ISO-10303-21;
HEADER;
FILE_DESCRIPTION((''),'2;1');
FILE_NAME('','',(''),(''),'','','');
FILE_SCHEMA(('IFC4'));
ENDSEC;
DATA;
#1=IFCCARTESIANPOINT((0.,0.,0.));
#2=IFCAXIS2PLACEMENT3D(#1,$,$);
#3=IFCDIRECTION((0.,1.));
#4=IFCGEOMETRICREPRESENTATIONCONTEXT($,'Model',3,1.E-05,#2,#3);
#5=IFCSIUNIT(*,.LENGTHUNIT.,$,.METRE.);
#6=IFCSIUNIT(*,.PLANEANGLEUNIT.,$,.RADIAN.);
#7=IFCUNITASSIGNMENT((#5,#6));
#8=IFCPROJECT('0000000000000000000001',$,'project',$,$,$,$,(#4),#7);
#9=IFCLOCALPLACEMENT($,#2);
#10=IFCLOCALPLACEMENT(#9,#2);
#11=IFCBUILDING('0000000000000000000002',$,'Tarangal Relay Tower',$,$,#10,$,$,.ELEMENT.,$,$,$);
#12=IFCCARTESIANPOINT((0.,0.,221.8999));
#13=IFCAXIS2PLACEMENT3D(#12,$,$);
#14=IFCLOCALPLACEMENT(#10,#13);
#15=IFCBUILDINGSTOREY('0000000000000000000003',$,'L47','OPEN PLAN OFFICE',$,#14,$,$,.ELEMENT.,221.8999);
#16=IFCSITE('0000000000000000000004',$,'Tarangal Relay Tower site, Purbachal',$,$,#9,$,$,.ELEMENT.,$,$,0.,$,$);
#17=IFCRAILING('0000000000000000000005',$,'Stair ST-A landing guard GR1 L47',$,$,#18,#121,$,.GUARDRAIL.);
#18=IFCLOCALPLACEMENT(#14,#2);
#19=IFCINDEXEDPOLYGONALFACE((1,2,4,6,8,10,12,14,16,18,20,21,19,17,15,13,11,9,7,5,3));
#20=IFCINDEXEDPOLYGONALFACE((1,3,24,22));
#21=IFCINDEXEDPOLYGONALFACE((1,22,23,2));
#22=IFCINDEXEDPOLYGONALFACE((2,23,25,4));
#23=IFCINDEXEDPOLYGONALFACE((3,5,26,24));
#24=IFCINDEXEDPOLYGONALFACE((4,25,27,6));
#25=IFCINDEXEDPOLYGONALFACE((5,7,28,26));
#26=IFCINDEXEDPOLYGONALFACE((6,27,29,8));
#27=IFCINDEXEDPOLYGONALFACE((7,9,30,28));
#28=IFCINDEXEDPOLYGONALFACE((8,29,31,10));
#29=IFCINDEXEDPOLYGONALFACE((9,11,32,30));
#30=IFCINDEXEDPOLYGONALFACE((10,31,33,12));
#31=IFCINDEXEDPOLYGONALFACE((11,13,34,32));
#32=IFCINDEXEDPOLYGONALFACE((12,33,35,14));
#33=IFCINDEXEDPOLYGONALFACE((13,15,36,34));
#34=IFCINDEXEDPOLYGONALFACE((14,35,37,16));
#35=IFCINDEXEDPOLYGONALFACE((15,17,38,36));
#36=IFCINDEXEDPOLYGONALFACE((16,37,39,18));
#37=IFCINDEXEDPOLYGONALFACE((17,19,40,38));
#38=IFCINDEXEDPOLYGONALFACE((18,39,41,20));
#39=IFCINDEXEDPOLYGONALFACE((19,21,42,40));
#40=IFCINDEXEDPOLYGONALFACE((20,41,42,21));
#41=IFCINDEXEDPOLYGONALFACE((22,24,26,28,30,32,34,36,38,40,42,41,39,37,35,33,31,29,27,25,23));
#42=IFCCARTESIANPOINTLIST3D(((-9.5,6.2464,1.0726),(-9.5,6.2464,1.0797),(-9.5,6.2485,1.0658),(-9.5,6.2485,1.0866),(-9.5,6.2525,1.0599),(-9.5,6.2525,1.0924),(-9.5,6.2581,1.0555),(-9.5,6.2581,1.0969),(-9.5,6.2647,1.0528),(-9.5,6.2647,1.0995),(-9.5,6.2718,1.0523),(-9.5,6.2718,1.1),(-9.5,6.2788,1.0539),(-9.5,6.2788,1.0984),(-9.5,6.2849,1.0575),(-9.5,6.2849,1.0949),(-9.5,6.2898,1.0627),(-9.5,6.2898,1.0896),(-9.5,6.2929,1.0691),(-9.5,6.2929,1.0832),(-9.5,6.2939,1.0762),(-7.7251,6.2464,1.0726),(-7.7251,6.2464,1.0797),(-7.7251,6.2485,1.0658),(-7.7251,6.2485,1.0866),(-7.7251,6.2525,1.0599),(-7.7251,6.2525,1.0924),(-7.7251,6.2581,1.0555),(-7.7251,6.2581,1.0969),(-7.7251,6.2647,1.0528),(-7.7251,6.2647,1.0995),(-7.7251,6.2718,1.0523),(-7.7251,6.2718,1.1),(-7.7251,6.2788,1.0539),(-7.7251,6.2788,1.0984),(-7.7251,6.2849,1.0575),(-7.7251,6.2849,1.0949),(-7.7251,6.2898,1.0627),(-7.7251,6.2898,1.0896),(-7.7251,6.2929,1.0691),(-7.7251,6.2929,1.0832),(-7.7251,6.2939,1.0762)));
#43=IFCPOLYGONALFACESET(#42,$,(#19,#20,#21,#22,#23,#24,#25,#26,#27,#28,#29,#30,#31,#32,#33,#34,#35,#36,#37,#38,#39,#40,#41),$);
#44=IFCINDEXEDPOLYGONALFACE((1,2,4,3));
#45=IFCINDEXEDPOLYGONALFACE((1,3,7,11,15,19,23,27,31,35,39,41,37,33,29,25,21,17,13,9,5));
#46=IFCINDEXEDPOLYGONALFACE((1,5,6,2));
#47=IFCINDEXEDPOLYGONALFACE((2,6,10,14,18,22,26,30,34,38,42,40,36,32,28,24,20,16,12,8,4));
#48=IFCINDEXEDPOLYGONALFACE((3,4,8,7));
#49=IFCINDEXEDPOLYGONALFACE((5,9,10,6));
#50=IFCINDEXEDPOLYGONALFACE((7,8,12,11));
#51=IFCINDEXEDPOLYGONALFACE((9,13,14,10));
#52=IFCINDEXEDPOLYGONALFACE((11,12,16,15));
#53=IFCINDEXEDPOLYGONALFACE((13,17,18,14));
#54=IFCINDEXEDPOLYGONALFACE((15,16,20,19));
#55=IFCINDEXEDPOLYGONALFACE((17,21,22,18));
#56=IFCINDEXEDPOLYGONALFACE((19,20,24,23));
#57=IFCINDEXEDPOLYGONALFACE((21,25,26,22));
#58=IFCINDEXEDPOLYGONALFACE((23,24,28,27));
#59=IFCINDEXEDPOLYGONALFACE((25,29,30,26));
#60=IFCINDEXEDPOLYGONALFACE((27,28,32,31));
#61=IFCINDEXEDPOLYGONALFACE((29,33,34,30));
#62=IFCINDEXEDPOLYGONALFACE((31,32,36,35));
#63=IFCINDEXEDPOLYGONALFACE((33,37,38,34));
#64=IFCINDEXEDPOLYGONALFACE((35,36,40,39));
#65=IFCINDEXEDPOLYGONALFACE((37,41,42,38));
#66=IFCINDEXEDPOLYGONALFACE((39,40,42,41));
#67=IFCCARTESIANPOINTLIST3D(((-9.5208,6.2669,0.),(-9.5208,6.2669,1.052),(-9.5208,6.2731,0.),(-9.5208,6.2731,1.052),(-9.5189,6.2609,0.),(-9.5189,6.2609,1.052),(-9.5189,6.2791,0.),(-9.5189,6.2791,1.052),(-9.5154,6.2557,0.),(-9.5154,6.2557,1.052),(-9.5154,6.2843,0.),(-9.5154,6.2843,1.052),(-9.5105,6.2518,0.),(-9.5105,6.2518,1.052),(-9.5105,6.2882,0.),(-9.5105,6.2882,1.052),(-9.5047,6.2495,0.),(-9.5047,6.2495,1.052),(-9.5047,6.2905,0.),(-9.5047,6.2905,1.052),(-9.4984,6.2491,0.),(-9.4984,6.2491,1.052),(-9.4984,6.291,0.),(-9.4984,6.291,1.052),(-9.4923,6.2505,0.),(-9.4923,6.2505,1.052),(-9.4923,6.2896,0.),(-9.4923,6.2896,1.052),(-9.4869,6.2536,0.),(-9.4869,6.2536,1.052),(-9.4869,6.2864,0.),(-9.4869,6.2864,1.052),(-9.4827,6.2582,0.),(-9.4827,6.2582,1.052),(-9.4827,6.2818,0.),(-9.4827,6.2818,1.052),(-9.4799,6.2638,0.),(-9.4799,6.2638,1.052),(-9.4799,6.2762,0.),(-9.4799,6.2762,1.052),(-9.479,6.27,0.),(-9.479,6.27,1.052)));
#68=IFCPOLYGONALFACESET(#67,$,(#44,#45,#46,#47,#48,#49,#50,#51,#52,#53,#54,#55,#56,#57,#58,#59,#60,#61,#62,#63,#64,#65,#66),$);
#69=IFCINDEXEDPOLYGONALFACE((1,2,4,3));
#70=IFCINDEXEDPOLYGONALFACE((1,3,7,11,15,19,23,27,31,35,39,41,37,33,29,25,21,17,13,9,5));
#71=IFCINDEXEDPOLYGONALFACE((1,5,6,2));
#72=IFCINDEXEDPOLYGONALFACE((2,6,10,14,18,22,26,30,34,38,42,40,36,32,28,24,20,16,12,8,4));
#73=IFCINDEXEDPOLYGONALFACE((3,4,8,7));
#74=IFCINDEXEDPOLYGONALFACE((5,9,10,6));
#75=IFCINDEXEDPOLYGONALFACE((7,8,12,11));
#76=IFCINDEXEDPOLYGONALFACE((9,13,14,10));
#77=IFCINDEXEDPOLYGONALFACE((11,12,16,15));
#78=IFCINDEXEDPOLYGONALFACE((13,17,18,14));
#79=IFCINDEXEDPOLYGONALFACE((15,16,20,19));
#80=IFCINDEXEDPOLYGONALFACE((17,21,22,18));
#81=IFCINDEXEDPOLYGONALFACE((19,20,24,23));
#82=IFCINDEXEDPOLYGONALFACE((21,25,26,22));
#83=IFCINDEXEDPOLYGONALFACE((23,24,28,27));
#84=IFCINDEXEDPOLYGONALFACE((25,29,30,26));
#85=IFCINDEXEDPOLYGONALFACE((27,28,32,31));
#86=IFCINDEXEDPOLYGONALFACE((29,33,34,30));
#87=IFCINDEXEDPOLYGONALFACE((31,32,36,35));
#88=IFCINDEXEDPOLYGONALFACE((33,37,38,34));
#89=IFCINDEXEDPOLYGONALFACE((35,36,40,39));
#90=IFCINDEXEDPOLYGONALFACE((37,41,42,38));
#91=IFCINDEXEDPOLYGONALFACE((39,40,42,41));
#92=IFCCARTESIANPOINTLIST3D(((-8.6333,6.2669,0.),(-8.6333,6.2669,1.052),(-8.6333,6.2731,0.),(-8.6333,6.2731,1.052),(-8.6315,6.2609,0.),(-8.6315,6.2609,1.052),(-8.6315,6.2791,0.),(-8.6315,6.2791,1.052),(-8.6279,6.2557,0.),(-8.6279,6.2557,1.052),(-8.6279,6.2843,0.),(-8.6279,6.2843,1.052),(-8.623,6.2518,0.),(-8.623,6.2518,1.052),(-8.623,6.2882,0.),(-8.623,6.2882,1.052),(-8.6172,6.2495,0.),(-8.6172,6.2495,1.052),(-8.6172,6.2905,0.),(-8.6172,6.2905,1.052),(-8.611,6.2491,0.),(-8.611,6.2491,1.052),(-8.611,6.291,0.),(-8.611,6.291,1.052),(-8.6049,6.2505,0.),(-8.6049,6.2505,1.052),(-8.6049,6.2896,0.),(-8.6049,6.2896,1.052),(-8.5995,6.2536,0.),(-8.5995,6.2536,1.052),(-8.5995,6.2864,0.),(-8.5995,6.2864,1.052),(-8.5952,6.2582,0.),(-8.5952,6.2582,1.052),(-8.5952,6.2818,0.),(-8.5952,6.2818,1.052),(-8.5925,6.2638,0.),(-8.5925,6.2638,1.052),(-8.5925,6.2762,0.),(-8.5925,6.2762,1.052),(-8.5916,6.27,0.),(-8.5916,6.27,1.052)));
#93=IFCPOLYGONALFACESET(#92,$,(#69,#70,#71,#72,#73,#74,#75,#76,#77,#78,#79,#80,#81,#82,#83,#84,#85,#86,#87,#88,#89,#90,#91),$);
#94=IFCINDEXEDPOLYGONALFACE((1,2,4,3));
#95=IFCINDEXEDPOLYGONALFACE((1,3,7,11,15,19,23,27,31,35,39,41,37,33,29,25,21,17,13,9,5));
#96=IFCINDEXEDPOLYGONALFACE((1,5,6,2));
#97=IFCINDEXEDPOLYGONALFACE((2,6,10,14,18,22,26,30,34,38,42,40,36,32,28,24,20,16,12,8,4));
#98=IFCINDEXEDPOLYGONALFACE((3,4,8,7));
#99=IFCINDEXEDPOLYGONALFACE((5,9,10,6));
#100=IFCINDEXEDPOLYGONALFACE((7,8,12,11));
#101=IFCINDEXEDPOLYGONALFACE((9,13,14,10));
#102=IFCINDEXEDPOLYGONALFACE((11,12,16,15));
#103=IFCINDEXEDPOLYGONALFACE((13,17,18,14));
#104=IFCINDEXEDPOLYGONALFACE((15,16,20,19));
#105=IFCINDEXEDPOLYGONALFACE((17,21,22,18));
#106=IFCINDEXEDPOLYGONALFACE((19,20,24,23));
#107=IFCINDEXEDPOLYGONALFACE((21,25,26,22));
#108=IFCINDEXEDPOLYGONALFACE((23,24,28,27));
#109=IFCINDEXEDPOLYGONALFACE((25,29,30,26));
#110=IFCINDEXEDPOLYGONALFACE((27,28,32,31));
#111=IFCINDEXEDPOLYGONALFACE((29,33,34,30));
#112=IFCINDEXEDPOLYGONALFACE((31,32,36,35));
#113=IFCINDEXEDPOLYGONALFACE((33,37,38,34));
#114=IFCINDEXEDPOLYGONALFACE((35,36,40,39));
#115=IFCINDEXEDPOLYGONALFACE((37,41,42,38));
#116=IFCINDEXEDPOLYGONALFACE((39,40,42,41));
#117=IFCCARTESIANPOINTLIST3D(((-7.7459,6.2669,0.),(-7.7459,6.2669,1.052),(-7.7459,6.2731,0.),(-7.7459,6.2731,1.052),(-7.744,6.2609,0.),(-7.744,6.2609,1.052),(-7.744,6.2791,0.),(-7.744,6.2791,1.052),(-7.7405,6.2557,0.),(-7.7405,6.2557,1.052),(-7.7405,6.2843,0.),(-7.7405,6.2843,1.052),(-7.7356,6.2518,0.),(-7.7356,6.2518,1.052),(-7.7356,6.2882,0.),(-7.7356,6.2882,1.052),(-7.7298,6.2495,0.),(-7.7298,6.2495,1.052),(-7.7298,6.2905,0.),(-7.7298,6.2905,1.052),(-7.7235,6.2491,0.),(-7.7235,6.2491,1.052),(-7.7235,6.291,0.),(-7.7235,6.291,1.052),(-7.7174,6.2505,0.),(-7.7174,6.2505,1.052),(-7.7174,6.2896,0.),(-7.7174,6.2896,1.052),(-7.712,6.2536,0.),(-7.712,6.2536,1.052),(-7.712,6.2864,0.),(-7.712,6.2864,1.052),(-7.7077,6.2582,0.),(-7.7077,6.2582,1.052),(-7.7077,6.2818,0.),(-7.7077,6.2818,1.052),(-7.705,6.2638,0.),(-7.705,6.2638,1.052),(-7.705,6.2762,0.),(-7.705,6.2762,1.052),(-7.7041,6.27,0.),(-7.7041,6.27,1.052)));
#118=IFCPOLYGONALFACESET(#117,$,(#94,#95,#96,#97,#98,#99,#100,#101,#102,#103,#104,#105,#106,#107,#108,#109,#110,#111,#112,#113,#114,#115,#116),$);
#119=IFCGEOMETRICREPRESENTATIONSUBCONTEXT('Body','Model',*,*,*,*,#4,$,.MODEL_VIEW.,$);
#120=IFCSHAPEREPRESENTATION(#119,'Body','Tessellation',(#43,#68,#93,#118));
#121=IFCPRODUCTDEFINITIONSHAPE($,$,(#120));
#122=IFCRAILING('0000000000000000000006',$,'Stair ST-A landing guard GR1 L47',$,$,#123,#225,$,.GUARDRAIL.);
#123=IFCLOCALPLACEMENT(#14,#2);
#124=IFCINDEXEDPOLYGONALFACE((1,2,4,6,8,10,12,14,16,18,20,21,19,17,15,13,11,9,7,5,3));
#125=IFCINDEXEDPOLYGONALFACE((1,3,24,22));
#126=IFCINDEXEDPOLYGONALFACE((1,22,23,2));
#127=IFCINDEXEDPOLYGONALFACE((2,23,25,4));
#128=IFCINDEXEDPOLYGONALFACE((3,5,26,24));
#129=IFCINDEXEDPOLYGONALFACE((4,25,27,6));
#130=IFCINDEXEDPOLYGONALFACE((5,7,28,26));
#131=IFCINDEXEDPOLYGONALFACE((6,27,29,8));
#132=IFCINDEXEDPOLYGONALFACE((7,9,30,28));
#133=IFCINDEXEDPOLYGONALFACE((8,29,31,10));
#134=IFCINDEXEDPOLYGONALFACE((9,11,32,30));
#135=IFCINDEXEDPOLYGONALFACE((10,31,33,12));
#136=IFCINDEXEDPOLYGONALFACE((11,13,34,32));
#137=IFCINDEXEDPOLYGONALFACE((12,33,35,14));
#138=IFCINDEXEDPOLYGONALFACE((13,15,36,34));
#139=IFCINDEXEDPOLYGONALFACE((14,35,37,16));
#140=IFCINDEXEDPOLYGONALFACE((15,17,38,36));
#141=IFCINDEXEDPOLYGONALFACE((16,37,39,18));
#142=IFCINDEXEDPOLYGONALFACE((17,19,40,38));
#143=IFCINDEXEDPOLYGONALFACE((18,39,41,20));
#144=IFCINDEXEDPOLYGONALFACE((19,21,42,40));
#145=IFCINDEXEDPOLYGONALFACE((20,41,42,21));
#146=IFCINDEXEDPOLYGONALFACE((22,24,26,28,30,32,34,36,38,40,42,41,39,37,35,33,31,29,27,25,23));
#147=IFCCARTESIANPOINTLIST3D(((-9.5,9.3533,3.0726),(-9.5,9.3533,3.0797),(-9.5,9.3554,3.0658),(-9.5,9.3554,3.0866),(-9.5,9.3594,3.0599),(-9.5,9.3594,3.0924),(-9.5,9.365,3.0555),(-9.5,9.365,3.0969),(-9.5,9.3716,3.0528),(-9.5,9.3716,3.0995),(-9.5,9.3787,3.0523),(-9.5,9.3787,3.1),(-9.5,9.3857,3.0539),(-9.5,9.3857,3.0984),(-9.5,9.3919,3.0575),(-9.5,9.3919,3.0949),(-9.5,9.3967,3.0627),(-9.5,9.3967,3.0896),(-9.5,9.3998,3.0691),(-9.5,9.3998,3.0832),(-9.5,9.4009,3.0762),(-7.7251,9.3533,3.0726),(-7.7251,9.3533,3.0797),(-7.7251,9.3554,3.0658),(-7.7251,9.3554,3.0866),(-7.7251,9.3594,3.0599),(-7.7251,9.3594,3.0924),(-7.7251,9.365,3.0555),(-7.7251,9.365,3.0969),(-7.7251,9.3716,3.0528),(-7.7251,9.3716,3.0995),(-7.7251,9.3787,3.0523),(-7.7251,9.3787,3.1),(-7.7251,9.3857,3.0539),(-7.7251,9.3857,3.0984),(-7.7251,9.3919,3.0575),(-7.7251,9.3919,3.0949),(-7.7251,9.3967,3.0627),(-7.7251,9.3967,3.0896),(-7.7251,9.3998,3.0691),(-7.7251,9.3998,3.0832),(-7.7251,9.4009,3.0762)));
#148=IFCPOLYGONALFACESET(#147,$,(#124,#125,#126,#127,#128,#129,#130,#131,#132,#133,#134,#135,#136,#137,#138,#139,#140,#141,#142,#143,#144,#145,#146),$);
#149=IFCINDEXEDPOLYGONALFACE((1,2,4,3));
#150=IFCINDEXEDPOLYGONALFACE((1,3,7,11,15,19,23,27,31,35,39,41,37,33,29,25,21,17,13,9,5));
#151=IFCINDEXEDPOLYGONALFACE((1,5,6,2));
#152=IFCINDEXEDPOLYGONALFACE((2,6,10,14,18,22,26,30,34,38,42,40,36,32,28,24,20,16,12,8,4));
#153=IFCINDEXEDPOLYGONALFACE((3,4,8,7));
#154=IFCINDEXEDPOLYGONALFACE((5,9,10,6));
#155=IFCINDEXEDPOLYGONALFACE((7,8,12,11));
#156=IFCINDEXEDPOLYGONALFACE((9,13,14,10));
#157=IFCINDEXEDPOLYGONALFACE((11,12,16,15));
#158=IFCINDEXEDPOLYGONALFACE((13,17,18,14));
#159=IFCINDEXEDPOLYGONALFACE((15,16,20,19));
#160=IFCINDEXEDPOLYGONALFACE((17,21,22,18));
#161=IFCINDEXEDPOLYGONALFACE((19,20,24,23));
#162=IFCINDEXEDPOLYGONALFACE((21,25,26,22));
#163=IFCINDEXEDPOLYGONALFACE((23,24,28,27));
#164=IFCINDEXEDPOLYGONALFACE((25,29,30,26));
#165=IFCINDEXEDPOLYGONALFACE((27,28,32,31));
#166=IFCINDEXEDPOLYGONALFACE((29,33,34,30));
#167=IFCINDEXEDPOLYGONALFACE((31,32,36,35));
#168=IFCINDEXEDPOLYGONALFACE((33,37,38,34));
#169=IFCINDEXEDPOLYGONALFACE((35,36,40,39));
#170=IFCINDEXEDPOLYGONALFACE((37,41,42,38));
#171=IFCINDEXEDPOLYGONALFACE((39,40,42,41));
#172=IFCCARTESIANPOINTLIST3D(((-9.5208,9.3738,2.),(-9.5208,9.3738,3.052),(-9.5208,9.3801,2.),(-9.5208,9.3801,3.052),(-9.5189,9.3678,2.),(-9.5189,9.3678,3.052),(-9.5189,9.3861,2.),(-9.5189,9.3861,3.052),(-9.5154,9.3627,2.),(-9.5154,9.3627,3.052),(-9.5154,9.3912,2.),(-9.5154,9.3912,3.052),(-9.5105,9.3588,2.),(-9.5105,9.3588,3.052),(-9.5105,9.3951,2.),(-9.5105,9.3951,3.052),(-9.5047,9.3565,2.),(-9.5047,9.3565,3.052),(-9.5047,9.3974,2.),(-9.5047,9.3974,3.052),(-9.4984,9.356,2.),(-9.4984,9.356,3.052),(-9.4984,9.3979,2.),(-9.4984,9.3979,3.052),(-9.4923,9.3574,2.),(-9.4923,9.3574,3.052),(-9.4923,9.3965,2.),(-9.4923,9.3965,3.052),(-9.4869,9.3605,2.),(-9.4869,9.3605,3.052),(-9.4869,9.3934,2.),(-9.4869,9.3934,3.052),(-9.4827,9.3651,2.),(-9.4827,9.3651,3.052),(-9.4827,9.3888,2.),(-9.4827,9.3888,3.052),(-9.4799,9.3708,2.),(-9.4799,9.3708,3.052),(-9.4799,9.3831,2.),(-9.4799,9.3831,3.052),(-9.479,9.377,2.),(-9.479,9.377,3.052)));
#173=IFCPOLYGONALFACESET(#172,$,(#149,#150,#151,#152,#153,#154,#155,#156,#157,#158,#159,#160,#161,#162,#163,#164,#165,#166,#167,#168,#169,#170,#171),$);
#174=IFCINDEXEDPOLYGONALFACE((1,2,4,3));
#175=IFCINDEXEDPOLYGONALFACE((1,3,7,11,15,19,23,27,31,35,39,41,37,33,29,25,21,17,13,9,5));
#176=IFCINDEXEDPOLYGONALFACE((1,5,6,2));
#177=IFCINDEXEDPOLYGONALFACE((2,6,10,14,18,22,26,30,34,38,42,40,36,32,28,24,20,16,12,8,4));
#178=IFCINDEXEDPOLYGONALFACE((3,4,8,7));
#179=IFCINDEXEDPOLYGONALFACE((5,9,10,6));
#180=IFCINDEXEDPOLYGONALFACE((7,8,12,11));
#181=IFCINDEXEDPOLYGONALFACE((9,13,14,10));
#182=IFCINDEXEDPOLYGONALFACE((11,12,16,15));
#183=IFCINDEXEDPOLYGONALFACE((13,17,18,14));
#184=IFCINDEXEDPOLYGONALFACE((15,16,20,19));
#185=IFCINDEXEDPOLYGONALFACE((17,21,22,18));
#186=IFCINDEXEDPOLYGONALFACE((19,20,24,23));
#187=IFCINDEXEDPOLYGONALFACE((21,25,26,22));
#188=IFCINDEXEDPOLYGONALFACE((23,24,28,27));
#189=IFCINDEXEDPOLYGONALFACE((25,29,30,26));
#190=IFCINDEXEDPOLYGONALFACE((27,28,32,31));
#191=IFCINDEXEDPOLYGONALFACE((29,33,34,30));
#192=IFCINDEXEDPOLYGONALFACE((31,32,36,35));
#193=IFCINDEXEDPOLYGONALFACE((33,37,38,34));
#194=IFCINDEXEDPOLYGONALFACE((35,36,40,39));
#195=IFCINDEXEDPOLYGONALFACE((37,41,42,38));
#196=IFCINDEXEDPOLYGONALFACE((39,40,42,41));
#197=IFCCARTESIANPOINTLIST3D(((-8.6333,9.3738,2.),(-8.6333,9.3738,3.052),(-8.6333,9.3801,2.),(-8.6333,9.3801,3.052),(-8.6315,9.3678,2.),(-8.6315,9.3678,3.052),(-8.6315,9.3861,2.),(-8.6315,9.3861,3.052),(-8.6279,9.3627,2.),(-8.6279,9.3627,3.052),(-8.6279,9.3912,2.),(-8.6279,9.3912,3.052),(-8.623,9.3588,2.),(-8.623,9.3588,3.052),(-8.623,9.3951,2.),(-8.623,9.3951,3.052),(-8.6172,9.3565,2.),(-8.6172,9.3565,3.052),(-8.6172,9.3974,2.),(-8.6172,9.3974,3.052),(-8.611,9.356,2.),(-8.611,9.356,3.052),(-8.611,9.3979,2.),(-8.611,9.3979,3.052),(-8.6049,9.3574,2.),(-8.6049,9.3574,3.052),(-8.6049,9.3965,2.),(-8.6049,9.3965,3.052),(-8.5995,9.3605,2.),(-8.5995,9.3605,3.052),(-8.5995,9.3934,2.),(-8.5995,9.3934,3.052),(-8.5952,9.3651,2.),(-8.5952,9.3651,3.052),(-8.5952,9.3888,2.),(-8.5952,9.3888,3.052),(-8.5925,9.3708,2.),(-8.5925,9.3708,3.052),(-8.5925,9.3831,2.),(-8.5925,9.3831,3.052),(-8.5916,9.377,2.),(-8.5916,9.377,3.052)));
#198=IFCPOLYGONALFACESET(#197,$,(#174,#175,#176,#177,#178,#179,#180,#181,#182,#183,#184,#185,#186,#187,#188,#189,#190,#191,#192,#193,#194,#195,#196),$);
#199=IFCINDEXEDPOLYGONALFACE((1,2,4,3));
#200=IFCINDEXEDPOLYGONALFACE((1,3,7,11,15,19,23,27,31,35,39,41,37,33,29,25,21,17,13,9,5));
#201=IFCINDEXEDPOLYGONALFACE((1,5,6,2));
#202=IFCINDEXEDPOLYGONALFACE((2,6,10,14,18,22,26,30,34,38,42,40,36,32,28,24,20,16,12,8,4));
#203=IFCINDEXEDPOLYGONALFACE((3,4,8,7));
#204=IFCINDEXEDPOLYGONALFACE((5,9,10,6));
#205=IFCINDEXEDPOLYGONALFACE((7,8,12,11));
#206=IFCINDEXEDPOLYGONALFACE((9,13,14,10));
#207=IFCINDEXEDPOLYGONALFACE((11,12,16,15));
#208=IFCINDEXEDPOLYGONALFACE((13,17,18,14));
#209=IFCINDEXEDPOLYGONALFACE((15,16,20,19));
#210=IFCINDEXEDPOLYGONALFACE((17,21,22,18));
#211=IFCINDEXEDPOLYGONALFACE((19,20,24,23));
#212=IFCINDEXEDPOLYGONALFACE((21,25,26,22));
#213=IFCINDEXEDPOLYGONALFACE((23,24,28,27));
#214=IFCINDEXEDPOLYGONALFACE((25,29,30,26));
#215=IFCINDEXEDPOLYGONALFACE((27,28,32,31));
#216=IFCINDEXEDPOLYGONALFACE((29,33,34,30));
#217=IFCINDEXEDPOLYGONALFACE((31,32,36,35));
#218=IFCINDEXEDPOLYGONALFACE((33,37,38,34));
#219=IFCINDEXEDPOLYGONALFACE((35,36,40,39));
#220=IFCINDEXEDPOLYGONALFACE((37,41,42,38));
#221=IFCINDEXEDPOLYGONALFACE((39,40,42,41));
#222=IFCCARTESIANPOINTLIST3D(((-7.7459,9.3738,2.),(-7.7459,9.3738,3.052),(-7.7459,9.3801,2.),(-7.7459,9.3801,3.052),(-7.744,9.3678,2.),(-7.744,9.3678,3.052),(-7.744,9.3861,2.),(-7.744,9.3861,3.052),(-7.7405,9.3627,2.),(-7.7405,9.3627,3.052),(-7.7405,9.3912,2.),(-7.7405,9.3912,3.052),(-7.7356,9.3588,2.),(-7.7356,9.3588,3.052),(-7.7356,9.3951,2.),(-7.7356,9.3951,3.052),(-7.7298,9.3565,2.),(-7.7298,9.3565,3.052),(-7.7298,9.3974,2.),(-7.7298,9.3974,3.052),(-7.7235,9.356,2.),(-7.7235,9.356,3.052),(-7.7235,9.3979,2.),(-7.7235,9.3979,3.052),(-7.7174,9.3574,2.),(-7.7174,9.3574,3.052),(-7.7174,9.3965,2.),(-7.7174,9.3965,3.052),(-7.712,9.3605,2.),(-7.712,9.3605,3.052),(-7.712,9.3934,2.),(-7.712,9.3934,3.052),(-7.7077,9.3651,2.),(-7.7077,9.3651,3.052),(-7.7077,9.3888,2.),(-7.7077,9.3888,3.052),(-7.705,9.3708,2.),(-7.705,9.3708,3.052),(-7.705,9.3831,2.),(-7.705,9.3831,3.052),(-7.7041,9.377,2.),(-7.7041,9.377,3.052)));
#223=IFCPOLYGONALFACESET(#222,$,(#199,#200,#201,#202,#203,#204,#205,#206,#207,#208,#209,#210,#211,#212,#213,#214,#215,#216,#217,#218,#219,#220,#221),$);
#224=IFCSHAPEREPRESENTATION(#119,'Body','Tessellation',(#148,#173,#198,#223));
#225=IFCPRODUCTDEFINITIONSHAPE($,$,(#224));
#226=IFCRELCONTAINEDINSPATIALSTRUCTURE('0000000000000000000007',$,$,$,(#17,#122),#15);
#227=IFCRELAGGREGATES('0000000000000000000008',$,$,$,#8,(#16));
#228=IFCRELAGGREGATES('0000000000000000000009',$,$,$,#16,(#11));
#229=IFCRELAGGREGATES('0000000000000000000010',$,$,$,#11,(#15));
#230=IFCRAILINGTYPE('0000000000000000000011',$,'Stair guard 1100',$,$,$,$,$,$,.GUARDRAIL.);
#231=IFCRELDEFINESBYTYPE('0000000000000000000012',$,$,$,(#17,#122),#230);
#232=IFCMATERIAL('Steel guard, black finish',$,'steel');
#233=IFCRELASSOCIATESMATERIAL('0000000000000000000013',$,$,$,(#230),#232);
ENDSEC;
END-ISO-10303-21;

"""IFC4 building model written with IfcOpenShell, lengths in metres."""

from ifc_helpers import new_model, si_unit, direction, frame, origin, origin_2d, place, context, subcontext, project, spatial, circle, extrude, material, type_object, element, save


model = new_model("IFC4")

# Units and contexts
model_context = context("Model", 3, precision=1e-05, world=origin(), true_north=direction((0.0, 1.0)))
body_context = subcontext(model_context, "Body", "Model", "MODEL_VIEW")
ifc_project = project(units=[si_unit("LENGTHUNIT", "METRE"), si_unit("PLANEANGLEUNIT", "RADIAN")], contexts=[model_context])

# Site, building, storey
site_placement = place(None, origin())
site = spatial("IfcSite", under=ifc_project, at=site_placement, Name="Tarangal Relay Tower site, Purbachal", CompositionType="ELEMENT", RefElevation=0.0)
building_placement = place(site_placement, origin())
building = spatial("IfcBuilding", under=site, at=building_placement, Name="Tarangal Relay Tower", CompositionType="ELEMENT")
storey_placement = place(building_placement, frame((0.0, 0.0, 221.8999)))
storey = spatial("IfcBuildingStorey", under=building, at=storey_placement, Name="L47", Description="OPEN PLAN OFFICE", CompositionType="ELEMENT", Elevation=221.8999)

# Railings
ifc_material_1 = material(Name="Steel guard, black finish", Category="steel")
railing_type_1 = type_object("IfcRailingType", Name="Stair guard 1100", PredefinedType="GUARDRAIL", material=ifc_material_1)
for number, where, name in (
    (1, (-9.5, 6.27, 0.0), "Stair ST-A landing guard GR1 L47"),
    (2, (-9.5, 9.377, 2.0), "Stair ST-A landing guard GR1 L47"),
):
    element("IfcRailing", number, at=place(storey_placement, frame(where)), inside=storey, type_object=railing_type_1, Name=name, PredefinedType="GUARDRAIL", context=body_context, shape_type="SweptSolid", body=[
        extrude(circle(Radius=0.0239, at=origin_2d()), frame((0.0, 0.0, 1.0762), z_axis=(1.0, 0.0, 0.0), x_axis=(0.0, 1.0, 0.0)), (0.0, 0.0, 1.0), 1.7749),
        extrude(circle(Radius=0.021, at=origin_2d()), origin(), (0.0, 0.0, 1.0), 1.052),
        extrude(circle(Radius=0.021, at=origin_2d()), frame((0.8875, 0.0, 0.0)), (0.0, 0.0, 1.0), 1.052),
        extrude(circle(Radius=0.021, at=origin_2d()), frame((1.7749, 0.0, 0.0)), (0.0, 0.0, 1.0), 1.052),
    ])

save(model, "model.ifc")
